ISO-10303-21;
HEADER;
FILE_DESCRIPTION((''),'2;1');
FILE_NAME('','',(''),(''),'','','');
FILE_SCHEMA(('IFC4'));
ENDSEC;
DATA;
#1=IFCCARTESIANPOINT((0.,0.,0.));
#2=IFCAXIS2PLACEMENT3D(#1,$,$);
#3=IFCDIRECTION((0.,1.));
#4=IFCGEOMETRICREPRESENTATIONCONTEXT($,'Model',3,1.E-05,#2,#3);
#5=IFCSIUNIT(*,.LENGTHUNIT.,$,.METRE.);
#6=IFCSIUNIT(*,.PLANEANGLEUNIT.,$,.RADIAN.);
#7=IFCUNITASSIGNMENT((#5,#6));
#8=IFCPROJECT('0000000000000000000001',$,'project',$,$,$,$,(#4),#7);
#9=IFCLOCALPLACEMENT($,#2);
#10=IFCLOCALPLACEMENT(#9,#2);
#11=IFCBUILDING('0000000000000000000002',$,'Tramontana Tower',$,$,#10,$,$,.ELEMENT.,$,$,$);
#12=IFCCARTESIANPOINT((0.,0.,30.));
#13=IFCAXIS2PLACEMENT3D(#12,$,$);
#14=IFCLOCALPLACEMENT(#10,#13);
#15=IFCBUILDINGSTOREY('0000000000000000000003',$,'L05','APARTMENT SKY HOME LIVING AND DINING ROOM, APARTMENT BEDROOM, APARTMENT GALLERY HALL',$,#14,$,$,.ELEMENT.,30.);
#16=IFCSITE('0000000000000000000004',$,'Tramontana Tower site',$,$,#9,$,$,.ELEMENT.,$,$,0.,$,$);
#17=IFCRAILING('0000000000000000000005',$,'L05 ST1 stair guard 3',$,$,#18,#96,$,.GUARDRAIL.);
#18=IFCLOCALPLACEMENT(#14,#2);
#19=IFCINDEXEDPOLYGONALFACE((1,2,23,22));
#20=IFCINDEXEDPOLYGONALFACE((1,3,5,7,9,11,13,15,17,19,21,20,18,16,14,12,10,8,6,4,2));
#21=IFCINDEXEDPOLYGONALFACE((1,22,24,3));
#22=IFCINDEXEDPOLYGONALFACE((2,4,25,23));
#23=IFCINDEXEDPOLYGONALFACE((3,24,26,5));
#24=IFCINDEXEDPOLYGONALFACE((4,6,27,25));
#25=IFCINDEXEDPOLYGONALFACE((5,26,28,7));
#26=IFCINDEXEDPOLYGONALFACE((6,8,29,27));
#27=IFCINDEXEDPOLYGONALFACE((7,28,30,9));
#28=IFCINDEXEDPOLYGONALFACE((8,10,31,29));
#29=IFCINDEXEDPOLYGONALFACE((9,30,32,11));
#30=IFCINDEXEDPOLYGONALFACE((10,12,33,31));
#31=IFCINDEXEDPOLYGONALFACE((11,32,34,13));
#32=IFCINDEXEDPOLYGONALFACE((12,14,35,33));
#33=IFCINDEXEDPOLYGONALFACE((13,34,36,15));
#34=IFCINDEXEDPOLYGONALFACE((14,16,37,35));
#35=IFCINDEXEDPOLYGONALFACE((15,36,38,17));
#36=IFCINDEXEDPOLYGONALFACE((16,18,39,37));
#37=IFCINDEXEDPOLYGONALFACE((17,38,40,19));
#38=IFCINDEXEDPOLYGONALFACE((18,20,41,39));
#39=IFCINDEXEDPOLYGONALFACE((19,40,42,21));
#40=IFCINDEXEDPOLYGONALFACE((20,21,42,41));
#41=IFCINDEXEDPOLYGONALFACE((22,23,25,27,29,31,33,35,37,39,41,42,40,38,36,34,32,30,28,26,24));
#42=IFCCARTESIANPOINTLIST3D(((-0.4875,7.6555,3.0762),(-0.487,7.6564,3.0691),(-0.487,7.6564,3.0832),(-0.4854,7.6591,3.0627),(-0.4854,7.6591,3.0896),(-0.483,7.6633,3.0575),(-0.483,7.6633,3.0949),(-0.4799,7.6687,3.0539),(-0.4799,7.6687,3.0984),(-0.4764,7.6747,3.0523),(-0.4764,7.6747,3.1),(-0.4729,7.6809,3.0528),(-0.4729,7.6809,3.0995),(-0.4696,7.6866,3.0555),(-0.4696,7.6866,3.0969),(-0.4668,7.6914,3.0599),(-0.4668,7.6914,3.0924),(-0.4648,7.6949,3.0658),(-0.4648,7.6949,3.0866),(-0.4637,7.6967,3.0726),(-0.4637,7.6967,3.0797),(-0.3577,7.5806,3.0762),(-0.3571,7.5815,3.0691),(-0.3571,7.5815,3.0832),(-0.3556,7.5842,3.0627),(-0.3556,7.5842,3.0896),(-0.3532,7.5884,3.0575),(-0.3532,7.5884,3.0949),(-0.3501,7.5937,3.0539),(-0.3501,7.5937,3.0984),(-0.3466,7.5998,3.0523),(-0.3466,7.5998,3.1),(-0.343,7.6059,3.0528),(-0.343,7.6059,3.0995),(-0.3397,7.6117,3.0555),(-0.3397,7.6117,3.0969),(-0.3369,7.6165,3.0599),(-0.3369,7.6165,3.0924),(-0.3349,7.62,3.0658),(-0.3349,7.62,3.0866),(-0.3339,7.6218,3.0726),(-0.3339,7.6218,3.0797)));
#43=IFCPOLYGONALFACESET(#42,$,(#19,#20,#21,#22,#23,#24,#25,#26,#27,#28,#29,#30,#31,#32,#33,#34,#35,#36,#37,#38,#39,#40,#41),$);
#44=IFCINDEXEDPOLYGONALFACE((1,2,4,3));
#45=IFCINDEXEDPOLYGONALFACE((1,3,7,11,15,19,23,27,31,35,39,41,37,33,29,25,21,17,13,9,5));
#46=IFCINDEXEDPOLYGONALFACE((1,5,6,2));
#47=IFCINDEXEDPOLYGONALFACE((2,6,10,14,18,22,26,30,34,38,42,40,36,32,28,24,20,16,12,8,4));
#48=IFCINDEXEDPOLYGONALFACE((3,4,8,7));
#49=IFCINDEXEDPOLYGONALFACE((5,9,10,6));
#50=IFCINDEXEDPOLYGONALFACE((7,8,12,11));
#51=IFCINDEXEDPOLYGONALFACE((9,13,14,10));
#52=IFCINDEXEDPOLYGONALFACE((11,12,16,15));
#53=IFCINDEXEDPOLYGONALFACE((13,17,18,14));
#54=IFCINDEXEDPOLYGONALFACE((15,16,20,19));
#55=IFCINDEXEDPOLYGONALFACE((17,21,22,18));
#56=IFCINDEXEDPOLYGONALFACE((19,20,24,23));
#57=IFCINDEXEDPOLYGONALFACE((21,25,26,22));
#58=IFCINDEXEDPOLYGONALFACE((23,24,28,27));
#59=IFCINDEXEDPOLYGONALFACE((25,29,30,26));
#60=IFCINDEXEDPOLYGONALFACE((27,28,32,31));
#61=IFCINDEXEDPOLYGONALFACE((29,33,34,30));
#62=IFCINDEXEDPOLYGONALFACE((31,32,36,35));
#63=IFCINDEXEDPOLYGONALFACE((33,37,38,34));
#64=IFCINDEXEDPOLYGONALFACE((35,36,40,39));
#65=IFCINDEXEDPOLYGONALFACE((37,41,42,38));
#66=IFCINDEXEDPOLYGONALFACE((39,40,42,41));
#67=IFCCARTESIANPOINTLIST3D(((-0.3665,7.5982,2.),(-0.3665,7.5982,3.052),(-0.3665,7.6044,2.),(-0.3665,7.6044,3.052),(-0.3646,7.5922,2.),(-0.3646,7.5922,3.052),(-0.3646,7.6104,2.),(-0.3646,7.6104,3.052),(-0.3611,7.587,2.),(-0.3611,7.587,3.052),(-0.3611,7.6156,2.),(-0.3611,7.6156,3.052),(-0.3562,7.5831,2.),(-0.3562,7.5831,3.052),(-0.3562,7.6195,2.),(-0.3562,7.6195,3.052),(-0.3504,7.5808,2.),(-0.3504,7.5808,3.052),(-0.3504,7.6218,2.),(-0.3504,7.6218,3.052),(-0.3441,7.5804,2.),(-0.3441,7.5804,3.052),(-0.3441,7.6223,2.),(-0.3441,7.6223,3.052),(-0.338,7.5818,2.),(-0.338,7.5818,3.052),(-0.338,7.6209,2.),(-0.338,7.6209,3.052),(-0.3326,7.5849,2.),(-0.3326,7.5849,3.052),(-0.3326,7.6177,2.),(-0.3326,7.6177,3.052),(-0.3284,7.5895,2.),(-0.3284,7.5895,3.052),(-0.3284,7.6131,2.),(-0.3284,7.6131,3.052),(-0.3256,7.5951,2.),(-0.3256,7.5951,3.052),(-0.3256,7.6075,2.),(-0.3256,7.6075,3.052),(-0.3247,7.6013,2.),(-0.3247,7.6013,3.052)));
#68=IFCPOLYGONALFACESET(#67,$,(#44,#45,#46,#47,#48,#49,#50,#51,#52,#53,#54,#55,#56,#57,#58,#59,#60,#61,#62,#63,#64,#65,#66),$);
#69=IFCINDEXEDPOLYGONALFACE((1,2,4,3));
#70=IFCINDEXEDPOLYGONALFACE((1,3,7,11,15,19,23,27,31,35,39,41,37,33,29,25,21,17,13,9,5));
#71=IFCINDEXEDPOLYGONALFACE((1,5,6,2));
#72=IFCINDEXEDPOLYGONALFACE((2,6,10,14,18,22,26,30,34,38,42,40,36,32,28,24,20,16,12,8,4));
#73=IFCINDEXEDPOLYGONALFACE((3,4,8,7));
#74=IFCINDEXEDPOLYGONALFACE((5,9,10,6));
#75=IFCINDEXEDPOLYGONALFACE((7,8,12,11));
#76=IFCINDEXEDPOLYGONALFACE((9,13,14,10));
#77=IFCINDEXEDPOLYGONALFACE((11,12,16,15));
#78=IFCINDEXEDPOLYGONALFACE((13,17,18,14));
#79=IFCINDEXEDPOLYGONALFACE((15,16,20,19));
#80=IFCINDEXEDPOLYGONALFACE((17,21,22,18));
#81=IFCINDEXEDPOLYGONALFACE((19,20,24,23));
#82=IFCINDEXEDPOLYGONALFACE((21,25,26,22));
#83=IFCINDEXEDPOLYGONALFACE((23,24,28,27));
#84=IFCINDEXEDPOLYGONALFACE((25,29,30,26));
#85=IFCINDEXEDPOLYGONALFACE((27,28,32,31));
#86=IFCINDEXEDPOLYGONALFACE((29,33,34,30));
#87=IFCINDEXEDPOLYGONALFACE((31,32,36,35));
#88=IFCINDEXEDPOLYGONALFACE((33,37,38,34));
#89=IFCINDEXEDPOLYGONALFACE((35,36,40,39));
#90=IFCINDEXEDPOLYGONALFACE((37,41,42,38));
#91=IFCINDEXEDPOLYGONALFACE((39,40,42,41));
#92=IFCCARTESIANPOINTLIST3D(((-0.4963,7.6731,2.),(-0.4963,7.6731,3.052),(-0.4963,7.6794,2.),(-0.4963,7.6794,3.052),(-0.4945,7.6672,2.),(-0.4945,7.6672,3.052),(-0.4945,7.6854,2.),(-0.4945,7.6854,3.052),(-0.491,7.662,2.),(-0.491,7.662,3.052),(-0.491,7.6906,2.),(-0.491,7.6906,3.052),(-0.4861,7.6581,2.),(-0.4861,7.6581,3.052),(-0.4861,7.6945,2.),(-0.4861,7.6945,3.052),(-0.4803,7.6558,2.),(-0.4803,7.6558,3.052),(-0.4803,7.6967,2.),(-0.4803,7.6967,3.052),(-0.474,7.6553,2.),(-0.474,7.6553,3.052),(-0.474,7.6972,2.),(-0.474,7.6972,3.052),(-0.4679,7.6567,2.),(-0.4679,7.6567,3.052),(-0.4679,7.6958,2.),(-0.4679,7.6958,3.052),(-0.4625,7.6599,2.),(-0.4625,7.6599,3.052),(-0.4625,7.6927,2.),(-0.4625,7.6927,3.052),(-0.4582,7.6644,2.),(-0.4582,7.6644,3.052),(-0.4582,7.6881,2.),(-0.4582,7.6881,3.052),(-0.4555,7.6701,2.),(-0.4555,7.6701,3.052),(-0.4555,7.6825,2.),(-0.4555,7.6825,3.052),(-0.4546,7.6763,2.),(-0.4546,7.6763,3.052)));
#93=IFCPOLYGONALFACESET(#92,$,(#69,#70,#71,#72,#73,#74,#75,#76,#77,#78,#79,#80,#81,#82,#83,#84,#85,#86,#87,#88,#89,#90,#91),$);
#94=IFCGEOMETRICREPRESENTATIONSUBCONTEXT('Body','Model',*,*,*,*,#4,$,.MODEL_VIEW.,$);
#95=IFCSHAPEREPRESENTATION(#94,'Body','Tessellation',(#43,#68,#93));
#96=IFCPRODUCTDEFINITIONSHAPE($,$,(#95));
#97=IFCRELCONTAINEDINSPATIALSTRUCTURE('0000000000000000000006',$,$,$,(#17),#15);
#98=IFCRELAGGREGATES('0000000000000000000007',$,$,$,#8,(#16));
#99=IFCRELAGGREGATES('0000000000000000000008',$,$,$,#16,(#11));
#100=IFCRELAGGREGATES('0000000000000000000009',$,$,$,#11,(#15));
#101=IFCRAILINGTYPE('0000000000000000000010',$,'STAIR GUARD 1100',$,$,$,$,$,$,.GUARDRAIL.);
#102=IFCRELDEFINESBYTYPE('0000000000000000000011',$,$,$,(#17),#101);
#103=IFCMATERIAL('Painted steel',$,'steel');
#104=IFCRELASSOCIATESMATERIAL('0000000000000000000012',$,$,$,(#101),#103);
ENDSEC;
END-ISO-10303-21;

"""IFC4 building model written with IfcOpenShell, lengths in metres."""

from ifc_helpers import new_model, si_unit, direction, frame, origin, origin_2d, place, context, subcontext, project, spatial, circle, extrude, material, type_object, element, save


model = new_model("IFC4")

# Units and contexts
model_context = context("Model", 3, precision=1e-05, world=origin(), true_north=direction((0.0, 1.0)))
body_context = subcontext(model_context, "Body", "Model", "MODEL_VIEW")
ifc_project = project(units=[si_unit("LENGTHUNIT", "METRE"), si_unit("PLANEANGLEUNIT", "RADIAN")], contexts=[model_context])

# Site, building, storey
site_placement = place(None, origin())
site = spatial("IfcSite", under=ifc_project, at=site_placement, Name="Tramontana Tower site", CompositionType="ELEMENT", RefElevation=0.0)
building_placement = place(site_placement, origin())
building = spatial("IfcBuilding", under=site, at=building_placement, Name="Tramontana Tower", CompositionType="ELEMENT")
storey_placement = place(building_placement, frame((0.0, 0.0, 30.0)))
storey = spatial("IfcBuildingStorey", under=building, at=storey_placement, Name="L05", Description="APARTMENT SKY HOME LIVING AND DINING ROOM, APARTMENT BEDROOM, APARTMENT GALLERY HALL", CompositionType="ELEMENT", Elevation=30.0)

# Railing
ifc_material_1 = material(Name="Painted steel", Category="steel")
railing_type = type_object("IfcRailingType", Name="STAIR GUARD 1100", PredefinedType="GUARDRAIL", material=ifc_material_1)
railing_1_placement = place(storey_placement, frame((-0.3457, 7.6013, 2.0)))
element("IfcRailing", 1, at=railing_1_placement, inside=storey, type_object=railing_type, Name="L05 ST1 stair guard 3", PredefinedType="GUARDRAIL", context=body_context, shape_type="SweptSolid", body=[
    extrude(circle(Radius=0.0239, at=origin_2d()), frame((0.0, 0.0, 1.0762), z_axis=(-0.866131, 0.499816, 0.0), x_axis=(-0.499816, -0.866131, 0.0)), (0.0, 0.0, 1.0), 0.1499),
    extrude(circle(Radius=0.021, at=origin_2d()), origin(), (0.0, 0.0, 1.0), 1.052),
    extrude(circle(Radius=0.021, at=origin_2d()), frame((-0.1299, 0.075, 0.0)), (0.0, 0.0, 1.0), 1.052),
])

save(model, "model.ifc")
